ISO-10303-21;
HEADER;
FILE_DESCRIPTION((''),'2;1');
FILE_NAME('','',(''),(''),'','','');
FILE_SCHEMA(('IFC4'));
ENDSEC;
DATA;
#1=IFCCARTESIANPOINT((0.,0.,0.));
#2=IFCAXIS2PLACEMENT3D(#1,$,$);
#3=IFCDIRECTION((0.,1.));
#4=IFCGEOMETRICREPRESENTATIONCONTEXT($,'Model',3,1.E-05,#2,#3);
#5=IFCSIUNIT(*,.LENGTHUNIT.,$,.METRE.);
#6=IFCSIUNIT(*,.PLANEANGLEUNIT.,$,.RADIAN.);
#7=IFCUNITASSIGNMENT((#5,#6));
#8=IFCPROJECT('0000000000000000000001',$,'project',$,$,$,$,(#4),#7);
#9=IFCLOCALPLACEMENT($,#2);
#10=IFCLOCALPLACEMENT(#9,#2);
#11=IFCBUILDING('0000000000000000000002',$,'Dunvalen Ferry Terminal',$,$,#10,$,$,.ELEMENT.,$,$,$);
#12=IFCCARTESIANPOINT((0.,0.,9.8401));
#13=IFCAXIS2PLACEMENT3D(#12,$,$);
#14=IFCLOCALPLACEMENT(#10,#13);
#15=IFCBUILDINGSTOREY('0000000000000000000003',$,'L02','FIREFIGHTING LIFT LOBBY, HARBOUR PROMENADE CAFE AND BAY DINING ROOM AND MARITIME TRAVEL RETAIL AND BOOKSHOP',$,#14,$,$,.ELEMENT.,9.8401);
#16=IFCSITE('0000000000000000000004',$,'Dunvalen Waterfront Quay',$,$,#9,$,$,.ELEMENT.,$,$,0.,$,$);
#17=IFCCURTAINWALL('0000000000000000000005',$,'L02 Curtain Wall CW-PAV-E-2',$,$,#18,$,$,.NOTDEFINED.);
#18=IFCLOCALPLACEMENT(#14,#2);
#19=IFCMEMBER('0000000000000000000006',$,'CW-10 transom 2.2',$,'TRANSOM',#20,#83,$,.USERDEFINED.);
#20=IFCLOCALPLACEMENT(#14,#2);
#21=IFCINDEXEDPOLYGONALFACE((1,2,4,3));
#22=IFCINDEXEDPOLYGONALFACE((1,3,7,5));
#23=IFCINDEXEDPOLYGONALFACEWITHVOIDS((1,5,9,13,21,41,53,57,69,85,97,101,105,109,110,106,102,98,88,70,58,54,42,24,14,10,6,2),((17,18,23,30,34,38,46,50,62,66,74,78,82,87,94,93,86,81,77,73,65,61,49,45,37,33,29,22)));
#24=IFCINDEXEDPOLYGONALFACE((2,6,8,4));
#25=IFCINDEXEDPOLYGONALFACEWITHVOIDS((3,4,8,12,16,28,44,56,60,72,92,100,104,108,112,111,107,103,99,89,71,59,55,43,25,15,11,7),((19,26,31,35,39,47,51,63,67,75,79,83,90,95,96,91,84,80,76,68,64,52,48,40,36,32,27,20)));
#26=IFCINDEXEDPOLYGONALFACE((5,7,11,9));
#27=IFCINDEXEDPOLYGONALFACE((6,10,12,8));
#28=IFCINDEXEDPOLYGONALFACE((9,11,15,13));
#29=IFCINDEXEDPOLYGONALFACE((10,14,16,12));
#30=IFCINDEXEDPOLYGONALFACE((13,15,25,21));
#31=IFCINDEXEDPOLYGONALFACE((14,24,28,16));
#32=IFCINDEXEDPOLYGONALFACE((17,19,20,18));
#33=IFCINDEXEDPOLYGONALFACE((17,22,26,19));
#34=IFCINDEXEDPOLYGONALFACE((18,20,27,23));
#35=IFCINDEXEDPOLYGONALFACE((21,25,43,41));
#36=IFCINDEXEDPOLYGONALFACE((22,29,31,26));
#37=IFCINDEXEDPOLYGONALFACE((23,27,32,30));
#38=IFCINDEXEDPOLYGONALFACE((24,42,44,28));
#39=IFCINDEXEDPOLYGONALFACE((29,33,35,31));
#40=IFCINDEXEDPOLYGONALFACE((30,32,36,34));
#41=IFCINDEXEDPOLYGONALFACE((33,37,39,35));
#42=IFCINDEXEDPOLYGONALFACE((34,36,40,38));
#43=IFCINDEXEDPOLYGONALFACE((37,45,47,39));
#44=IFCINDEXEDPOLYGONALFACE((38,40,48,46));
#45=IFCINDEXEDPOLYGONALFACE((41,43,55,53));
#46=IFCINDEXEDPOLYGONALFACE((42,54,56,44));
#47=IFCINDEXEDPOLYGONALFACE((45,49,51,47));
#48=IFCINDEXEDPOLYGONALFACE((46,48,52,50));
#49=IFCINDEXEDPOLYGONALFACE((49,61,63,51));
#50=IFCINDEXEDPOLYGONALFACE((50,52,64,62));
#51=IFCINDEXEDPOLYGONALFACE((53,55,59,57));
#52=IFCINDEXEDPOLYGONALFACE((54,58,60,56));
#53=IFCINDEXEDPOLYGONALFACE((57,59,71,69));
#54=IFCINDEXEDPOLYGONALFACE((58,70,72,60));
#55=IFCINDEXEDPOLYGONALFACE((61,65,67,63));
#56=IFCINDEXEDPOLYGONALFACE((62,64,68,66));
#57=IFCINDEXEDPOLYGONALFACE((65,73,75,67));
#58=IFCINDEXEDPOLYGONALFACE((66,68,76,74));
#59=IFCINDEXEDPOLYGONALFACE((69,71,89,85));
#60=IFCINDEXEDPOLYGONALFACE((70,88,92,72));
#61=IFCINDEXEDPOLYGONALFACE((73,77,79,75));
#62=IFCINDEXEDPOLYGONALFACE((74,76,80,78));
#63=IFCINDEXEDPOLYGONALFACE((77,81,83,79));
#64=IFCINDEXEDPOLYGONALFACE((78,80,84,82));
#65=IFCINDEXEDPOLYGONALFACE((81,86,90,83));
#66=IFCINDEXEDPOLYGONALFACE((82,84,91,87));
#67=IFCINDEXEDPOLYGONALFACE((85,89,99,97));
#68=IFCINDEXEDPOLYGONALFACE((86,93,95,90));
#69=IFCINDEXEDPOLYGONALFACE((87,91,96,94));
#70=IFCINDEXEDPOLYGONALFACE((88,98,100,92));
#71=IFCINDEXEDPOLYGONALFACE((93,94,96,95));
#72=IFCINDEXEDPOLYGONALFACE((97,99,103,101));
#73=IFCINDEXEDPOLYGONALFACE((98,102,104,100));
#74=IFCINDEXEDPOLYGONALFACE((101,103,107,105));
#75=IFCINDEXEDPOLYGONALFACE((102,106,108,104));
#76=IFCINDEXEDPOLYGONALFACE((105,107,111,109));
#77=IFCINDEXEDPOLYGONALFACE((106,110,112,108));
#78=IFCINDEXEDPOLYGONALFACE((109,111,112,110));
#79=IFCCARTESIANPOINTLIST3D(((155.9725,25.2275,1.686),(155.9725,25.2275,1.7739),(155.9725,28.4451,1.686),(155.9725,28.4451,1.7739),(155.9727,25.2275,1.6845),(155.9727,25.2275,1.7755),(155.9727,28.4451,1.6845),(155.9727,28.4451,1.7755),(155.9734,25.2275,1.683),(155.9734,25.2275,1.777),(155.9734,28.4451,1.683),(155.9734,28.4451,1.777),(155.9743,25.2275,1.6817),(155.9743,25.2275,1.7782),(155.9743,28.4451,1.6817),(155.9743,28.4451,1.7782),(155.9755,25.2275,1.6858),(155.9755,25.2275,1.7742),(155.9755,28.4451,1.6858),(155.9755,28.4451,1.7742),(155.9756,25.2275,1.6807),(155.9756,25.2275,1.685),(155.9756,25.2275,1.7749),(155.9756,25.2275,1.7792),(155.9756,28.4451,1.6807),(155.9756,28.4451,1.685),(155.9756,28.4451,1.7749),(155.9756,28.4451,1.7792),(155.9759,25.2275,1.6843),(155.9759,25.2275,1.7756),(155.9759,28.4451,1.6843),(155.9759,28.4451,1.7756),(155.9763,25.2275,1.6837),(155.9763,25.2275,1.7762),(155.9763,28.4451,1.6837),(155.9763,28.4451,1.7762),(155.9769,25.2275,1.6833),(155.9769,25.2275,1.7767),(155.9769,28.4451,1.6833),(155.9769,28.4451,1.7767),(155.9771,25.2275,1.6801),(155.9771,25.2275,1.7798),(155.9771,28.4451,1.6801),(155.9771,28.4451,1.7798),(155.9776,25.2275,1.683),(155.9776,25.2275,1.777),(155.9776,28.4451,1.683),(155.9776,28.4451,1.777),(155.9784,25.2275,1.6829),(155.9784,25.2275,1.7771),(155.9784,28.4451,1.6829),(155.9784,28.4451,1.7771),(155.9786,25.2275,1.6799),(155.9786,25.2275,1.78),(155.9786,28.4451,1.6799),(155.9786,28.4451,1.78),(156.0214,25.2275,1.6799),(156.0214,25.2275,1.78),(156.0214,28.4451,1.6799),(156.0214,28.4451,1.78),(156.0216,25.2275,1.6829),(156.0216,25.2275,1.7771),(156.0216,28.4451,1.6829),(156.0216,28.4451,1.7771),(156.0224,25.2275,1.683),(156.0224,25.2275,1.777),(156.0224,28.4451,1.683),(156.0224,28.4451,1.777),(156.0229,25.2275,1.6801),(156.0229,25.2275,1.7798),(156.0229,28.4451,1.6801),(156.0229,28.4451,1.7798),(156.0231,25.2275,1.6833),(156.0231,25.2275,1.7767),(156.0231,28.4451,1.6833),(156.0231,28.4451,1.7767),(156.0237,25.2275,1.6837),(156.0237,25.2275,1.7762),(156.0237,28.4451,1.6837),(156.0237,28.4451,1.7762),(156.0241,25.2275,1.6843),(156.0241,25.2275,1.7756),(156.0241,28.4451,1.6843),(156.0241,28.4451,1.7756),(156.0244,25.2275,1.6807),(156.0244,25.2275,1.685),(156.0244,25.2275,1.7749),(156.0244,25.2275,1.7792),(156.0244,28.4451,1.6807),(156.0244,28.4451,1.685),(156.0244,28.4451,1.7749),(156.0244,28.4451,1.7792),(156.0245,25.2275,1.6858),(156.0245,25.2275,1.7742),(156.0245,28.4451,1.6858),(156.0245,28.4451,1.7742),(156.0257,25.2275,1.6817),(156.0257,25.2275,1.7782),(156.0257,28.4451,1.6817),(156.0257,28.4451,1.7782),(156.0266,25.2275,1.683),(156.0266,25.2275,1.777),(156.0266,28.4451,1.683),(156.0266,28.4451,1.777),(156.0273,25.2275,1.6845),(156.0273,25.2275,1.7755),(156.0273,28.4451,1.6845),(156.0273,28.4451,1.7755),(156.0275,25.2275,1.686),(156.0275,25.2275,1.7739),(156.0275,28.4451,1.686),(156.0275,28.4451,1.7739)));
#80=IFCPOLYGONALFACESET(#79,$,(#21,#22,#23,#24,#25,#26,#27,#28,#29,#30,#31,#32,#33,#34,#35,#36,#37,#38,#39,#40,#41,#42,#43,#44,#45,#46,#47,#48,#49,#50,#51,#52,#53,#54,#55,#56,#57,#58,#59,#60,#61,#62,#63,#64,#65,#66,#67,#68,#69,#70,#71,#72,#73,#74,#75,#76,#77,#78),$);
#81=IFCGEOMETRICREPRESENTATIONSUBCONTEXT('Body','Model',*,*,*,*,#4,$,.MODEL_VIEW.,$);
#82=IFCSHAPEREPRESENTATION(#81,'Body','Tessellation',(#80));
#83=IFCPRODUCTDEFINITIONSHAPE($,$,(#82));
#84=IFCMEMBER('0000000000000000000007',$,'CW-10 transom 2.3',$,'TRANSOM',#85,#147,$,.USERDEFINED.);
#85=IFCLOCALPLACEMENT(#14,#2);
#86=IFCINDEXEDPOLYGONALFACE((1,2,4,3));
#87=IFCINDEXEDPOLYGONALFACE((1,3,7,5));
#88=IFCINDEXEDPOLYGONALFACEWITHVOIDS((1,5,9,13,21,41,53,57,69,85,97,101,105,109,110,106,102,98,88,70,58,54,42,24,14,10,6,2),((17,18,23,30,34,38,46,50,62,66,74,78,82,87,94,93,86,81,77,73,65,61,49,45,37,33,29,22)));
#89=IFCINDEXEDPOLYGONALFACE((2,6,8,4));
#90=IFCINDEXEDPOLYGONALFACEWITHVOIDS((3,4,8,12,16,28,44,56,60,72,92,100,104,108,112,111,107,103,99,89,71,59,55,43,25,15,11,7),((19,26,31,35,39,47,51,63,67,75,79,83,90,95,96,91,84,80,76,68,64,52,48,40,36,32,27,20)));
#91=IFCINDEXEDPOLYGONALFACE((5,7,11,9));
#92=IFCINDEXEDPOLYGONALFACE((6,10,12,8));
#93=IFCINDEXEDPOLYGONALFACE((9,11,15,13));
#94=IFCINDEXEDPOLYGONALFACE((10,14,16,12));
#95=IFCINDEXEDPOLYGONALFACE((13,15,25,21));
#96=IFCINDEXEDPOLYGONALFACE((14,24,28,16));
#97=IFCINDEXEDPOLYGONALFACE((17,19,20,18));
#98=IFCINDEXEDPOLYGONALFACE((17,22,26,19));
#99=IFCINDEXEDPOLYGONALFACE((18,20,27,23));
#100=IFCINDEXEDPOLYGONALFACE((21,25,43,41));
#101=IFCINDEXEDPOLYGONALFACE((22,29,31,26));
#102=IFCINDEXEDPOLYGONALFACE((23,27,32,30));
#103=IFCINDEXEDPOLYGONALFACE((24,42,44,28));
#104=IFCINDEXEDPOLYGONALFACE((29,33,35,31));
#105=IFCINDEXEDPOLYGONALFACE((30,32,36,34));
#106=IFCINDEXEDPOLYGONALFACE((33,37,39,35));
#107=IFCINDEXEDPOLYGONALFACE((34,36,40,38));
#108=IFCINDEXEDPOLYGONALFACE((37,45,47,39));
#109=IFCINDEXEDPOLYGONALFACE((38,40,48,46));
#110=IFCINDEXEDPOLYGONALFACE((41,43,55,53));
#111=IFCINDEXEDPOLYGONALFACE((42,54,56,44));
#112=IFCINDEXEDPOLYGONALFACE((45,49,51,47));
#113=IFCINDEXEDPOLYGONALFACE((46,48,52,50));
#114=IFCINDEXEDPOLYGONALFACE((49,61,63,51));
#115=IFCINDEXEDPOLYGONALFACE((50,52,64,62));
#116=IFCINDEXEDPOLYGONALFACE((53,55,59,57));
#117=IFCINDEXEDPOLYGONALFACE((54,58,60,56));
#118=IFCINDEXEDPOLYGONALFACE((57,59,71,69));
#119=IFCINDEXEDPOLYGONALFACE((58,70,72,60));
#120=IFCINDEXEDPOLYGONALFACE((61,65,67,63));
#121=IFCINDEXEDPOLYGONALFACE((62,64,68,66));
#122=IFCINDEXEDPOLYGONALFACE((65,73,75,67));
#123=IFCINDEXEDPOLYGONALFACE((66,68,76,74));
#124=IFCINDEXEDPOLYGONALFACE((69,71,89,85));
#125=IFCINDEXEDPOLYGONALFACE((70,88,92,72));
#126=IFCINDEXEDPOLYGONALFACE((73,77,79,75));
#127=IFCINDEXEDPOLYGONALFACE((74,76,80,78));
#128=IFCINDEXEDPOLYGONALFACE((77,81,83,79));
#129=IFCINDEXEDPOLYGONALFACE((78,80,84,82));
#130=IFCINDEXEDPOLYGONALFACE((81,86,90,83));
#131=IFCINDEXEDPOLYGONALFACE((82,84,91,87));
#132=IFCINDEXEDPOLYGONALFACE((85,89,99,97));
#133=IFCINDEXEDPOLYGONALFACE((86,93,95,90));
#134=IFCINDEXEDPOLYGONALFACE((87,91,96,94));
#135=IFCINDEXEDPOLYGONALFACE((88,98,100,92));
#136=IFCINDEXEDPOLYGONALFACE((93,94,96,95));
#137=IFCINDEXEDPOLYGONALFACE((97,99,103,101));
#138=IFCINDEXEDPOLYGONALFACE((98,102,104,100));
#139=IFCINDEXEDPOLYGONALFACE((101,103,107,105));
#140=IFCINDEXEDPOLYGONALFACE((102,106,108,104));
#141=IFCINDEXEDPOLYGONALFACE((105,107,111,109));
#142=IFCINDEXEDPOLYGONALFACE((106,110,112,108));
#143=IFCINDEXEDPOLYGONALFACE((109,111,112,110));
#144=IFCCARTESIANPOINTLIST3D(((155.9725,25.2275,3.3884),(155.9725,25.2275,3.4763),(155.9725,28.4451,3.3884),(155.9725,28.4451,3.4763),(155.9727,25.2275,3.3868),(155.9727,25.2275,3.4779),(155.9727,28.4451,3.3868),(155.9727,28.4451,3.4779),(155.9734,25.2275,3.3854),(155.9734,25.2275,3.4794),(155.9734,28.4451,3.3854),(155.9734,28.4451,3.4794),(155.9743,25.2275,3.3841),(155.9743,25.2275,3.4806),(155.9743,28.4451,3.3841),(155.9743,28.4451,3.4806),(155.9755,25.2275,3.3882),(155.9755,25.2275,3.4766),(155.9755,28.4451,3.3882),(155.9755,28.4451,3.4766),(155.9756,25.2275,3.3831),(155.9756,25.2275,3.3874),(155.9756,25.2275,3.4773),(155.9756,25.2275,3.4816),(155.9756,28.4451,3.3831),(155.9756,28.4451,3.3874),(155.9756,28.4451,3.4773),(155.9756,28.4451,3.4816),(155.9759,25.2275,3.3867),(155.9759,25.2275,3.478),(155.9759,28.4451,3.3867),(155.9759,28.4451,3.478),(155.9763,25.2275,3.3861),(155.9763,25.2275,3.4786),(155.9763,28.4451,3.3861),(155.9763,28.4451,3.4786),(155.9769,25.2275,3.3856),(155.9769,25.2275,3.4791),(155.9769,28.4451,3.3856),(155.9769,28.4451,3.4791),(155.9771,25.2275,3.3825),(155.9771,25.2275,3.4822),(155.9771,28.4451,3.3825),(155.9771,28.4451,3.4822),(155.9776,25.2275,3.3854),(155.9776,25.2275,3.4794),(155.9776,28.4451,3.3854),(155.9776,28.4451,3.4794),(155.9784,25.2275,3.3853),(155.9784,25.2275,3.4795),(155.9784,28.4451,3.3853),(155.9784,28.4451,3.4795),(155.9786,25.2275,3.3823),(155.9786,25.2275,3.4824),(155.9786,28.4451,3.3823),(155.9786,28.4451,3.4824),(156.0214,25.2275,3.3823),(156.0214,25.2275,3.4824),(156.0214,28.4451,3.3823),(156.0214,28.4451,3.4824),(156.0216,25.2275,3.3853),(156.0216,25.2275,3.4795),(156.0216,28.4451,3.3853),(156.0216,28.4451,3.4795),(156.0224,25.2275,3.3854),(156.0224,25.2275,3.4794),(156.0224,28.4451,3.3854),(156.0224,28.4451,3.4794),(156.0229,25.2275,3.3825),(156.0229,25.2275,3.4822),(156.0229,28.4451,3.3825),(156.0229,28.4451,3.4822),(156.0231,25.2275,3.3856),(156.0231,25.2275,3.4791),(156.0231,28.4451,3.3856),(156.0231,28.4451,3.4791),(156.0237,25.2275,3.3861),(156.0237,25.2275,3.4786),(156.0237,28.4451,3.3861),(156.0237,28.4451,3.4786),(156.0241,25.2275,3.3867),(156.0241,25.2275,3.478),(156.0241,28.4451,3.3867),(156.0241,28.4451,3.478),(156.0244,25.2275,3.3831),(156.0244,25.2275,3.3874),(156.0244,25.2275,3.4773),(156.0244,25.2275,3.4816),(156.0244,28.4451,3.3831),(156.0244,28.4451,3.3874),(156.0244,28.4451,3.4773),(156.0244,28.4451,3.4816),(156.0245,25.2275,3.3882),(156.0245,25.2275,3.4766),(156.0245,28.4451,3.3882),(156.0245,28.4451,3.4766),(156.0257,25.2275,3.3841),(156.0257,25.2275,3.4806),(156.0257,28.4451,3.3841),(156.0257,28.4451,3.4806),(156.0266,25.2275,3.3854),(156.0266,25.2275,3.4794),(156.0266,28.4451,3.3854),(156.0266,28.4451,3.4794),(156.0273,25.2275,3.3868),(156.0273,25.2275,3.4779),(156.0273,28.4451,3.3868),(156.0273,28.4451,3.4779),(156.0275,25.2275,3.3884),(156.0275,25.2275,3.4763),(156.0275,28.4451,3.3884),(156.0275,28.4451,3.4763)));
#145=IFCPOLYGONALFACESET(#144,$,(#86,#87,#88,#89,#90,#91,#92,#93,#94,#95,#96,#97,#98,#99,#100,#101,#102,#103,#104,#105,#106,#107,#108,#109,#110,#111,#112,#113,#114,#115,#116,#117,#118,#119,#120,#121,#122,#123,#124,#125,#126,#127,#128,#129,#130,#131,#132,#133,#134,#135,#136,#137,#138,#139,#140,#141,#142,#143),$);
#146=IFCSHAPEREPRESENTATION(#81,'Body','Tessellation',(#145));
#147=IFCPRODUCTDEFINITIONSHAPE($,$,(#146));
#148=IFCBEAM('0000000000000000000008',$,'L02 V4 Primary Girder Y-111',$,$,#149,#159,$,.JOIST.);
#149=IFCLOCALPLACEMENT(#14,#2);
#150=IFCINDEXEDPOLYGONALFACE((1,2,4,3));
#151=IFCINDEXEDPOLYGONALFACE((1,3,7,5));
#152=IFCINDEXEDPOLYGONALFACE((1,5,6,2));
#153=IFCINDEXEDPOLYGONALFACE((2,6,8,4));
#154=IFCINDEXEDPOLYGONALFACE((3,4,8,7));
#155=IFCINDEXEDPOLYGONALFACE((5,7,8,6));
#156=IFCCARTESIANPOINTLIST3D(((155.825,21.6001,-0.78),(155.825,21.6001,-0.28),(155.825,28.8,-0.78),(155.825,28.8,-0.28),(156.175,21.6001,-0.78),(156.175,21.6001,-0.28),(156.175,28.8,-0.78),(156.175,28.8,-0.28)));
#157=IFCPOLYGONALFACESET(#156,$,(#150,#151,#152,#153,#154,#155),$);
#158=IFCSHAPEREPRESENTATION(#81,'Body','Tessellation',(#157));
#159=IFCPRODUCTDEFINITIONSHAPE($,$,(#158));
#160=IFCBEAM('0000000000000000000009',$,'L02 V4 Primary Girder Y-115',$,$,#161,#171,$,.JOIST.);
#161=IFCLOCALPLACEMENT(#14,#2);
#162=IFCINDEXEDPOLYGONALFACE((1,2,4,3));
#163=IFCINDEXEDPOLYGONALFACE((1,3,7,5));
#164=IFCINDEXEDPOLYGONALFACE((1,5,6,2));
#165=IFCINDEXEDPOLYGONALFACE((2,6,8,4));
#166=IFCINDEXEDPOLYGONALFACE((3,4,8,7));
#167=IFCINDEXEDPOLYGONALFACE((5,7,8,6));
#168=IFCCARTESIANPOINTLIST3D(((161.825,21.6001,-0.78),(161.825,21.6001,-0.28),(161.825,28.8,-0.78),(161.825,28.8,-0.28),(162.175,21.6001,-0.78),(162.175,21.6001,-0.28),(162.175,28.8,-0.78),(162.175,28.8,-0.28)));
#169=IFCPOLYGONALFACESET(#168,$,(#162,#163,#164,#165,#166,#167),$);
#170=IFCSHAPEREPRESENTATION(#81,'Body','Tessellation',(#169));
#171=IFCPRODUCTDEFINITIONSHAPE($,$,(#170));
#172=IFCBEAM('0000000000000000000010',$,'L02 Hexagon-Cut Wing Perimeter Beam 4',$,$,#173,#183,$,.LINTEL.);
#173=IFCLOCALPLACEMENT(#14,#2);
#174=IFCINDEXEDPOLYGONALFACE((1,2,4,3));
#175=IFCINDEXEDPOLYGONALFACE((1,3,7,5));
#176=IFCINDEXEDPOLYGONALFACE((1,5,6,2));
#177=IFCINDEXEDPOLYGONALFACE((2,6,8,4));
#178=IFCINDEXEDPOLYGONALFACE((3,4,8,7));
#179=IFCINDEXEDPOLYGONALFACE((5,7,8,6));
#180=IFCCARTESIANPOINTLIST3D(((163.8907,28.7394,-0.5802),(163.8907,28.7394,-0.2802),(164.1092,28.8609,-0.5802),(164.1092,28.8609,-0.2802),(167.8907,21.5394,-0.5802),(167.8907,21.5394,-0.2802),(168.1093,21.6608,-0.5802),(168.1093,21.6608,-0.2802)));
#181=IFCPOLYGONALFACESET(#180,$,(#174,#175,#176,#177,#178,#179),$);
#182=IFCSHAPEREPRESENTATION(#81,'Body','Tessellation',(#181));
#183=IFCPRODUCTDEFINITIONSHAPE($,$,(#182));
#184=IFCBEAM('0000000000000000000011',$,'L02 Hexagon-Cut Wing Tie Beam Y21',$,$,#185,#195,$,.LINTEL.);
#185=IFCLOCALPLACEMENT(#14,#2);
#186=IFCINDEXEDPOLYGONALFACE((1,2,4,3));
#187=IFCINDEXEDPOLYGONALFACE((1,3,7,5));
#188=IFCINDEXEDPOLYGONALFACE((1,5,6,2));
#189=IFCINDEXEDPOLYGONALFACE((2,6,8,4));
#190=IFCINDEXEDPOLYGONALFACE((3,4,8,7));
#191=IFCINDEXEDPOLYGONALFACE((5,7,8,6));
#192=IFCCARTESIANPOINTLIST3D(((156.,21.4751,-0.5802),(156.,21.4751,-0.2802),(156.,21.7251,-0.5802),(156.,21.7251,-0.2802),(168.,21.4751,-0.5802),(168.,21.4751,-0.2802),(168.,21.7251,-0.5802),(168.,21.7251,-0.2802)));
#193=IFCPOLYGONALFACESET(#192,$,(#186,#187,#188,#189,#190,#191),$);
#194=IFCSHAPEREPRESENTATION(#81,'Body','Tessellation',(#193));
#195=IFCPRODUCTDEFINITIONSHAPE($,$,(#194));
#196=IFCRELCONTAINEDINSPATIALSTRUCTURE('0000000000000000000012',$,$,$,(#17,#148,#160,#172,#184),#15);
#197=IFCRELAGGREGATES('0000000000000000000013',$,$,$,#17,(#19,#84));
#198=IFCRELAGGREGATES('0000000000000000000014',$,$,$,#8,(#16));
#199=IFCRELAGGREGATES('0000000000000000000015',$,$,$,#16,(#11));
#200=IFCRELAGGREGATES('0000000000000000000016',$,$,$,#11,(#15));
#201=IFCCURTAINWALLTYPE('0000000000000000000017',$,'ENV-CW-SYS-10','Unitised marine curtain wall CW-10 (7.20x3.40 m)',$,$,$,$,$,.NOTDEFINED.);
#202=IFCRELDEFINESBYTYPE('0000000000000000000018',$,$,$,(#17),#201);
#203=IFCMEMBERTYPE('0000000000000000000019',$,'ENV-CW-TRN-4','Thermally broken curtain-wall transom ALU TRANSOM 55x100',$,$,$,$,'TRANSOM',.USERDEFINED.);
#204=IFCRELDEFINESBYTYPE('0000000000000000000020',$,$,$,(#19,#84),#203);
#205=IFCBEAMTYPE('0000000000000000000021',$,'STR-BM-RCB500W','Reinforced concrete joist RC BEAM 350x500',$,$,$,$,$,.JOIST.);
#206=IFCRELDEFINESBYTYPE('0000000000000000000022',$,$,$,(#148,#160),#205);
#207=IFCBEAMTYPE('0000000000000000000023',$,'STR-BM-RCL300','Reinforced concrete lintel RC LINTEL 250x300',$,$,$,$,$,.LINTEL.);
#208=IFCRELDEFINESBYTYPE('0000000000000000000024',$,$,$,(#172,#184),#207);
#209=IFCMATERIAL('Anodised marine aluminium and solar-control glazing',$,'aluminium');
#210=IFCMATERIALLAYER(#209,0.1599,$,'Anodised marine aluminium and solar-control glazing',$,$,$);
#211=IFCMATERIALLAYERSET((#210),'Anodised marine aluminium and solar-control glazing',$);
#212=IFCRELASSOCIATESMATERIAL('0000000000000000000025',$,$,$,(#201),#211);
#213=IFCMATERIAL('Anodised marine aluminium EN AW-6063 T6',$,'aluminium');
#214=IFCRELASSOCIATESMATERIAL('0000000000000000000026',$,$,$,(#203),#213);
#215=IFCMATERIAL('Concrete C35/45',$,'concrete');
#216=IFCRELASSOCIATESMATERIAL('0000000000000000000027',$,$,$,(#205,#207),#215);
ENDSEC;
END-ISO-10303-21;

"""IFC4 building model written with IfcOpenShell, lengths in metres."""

from ifc_helpers import new_model, si_unit, direction, frame, origin, origin_2d, place, context, subcontext, project, spatial, rectangle, hollow_rectangle, extrude, material, layer, layer_set, material_profile, profile_set, type_object, element, aggregate, save


model = new_model("IFC4")

# Units and contexts
model_context = context("Model", 3, precision=1e-05, world=origin(), true_north=direction((0.0, 1.0)))
body_context = subcontext(model_context, "Body", "Model", "MODEL_VIEW")
ifc_project = project(units=[si_unit("LENGTHUNIT", "METRE"), si_unit("PLANEANGLEUNIT", "RADIAN")], contexts=[model_context])

# Site, building, storey
site_placement = place(None, origin())
site = spatial("IfcSite", under=ifc_project, at=site_placement, Name="Dunvalen Waterfront Quay", CompositionType="ELEMENT", RefElevation=0.0)
building_placement = place(site_placement, origin())
building = spatial("IfcBuilding", under=site, at=building_placement, Name="Dunvalen Ferry Terminal", CompositionType="ELEMENT")
storey_placement = place(building_placement, frame((0.0, 0.0, 9.8401)))
storey = spatial("IfcBuildingStorey", under=building, at=storey_placement, Name="L02", Description="FIREFIGHTING LIFT LOBBY, HARBOUR PROMENADE CAFE AND BAY DINING ROOM AND MARITIME TRAVEL RETAIL AND BOOKSHOP", CompositionType="ELEMENT", Elevation=9.8401)

# Shared definitions
ifc_material_1 = material(Name="Anodised marine aluminium and solar-control glazing", Category="aluminium")
ifc_layer_1 = layer(ifc_material_1, 0.1599, Name="Anodised marine aluminium and solar-control glazing")
ifc_layer_set_1 = layer_set([ifc_layer_1], Name="Anodised marine aluminium and solar-control glazing")
curtain_wall_type = type_object("IfcCurtainWallType", Name="ENV-CW-SYS-10", Description="Unitised marine curtain wall CW-10 (7.20x3.40 m)", PredefinedType="NOTDEFINED", material=ifc_layer_set_1)
ifc_material_2 = material(Name="Anodised marine aluminium EN AW-6063 T6", Category="aluminium")

# Curtain wall
curtain_wall_1_placement = place(storey_placement, origin())
curtain_wall_1 = element("IfcCurtainWall", 1, at=curtain_wall_1_placement, inside=storey, type_object=curtain_wall_type, Name="L02 Curtain Wall CW-PAV-E-2", PredefinedType="NOTDEFINED")

# Members
ifc_material_profile_1 = material_profile(ifc_material_2, hollow_rectangle(XDim=0.0549, YDim=0.1001, WallThickness=0.0029, InnerFilletRadius=0.0029, OuterFilletRadius=0.0061, at=origin_2d()), Name="Anodised marine aluminium EN AW-6063 T6")
ifc_profile_set_1 = profile_set([ifc_material_profile_1], Name="Anodised marine aluminium EN AW-6063 T6")
member_type_1 = type_object("IfcMemberType", Name="ENV-CW-TRN-4", Description="Thermally broken curtain-wall transom ALU TRANSOM 55x100", ElementType="TRANSOM", PredefinedType="USERDEFINED", material=ifc_profile_set_1)
member_1_placement = place(storey_placement, frame((156.0, 25.2275, 1.73), z_axis=(0.0, 1.0, 0.0), x_axis=(-1.0, 0.0, 0.0)))
member_1 = element("IfcMember", 2, at=member_1_placement, type_object=member_type_1, Name="CW-10 transom 2.2", ObjectType="TRANSOM", PredefinedType="USERDEFINED", context=body_context, shape_type="SweptSolid", body=[
    extrude(hollow_rectangle(XDim=0.0549, YDim=0.1001, WallThickness=0.0029, InnerFilletRadius=0.0029, OuterFilletRadius=0.0061, at=origin_2d()), origin(), (0.0, 0.0, 1.0), 3.2175),
])
member_2_placement = place(storey_placement, frame((156.0, 25.2275, 3.4324), z_axis=(0.0, 1.0, 0.0), x_axis=(-1.0, 0.0, 0.0)))
member_2 = element("IfcMember", 3, at=member_2_placement, type_object=member_type_1, Name="CW-10 transom 2.3", ObjectType="TRANSOM", PredefinedType="USERDEFINED", context=body_context, shape_type="SweptSolid", body=[
    extrude(hollow_rectangle(XDim=0.0549, YDim=0.1001, WallThickness=0.0029, InnerFilletRadius=0.0029, OuterFilletRadius=0.0061, at=origin_2d()), origin(), (0.0, 0.0, 1.0), 3.2175),
])

# Beams
ifc_material_3 = material(Name="Concrete C35/45", Category="concrete")
ifc_material_profile_2 = material_profile(ifc_material_3, rectangle(XDim=0.3501, YDim=0.5, at=origin_2d()), Name="Concrete C35/45")
ifc_profile_set_2 = profile_set([ifc_material_profile_2], Name="Concrete C35/45")
beam_type_1 = type_object("IfcBeamType", Name="STR-BM-RCB500W", Description="Reinforced concrete joist RC BEAM 350x500", PredefinedType="JOIST", material=ifc_profile_set_2)
for number, where, z_axis, x_axis, name in (
    (4, (156.0, 21.6001, -0.53), (0.0, 1.0, 0.0), (-1.0, 0.0, 0.0), "L02 V4 Primary Girder Y-111"),
    (5, (162.0, 21.6001, -0.53), (0.0, 1.0, 0.0), (-1.0, 0.0, 0.0), "L02 V4 Primary Girder Y-115"),
):
    element("IfcBeam", number, at=place(storey_placement, frame(where, z_axis=z_axis, x_axis=x_axis)), inside=storey, type_object=beam_type_1, Name=name, PredefinedType="JOIST", context=body_context, shape_type="SweptSolid", body=[
        extrude(rectangle(XDim=0.3501, YDim=0.5, at=origin_2d()), origin(), (0.0, 0.0, 1.0), 7.2),
    ])
ifc_material_profile_3 = material_profile(ifc_material_3, rectangle(XDim=0.25, YDim=0.3, at=origin_2d()), Name="Concrete C35/45")
ifc_profile_set_3 = profile_set([ifc_material_profile_3], Name="Concrete C35/45")
beam_type_2 = type_object("IfcBeamType", Name="STR-BM-RCL300", Description="Reinforced concrete lintel RC LINTEL 250x300", PredefinedType="LINTEL", material=ifc_profile_set_3)
beam_1_placement = place(storey_placement, frame((168.0, 21.6001, -0.4302), z_axis=(-0.485645, 0.874156, 0.0), x_axis=(-0.874156, -0.485645, 0.0)))
element("IfcBeam", 6, at=beam_1_placement, inside=storey, type_object=beam_type_2, Name="L02 Hexagon-Cut Wing Perimeter Beam 4", PredefinedType="LINTEL", context=body_context, shape_type="SweptSolid", body=[
    extrude(rectangle(XDim=0.25, YDim=0.3, at=origin_2d()), origin(), (0.0, 0.0, 1.0), 8.2366),
])
beam_2_placement = place(storey_placement, frame((156.0, 21.6001, -0.4302), z_axis=(1.0, 0.0, 0.0), x_axis=(0.0, 1.0, 0.0)))
element("IfcBeam", 7, at=beam_2_placement, inside=storey, type_object=beam_type_2, Name="L02 Hexagon-Cut Wing Tie Beam Y21", PredefinedType="LINTEL", context=body_context, shape_type="SweptSolid", body=[
    extrude(rectangle(XDim=0.25, YDim=0.3, at=origin_2d()), origin(), (0.0, 0.0, 1.0), 12.0),
])

aggregate(curtain_wall_1, [member_1, member_2])

save(model, "model.ifc")
